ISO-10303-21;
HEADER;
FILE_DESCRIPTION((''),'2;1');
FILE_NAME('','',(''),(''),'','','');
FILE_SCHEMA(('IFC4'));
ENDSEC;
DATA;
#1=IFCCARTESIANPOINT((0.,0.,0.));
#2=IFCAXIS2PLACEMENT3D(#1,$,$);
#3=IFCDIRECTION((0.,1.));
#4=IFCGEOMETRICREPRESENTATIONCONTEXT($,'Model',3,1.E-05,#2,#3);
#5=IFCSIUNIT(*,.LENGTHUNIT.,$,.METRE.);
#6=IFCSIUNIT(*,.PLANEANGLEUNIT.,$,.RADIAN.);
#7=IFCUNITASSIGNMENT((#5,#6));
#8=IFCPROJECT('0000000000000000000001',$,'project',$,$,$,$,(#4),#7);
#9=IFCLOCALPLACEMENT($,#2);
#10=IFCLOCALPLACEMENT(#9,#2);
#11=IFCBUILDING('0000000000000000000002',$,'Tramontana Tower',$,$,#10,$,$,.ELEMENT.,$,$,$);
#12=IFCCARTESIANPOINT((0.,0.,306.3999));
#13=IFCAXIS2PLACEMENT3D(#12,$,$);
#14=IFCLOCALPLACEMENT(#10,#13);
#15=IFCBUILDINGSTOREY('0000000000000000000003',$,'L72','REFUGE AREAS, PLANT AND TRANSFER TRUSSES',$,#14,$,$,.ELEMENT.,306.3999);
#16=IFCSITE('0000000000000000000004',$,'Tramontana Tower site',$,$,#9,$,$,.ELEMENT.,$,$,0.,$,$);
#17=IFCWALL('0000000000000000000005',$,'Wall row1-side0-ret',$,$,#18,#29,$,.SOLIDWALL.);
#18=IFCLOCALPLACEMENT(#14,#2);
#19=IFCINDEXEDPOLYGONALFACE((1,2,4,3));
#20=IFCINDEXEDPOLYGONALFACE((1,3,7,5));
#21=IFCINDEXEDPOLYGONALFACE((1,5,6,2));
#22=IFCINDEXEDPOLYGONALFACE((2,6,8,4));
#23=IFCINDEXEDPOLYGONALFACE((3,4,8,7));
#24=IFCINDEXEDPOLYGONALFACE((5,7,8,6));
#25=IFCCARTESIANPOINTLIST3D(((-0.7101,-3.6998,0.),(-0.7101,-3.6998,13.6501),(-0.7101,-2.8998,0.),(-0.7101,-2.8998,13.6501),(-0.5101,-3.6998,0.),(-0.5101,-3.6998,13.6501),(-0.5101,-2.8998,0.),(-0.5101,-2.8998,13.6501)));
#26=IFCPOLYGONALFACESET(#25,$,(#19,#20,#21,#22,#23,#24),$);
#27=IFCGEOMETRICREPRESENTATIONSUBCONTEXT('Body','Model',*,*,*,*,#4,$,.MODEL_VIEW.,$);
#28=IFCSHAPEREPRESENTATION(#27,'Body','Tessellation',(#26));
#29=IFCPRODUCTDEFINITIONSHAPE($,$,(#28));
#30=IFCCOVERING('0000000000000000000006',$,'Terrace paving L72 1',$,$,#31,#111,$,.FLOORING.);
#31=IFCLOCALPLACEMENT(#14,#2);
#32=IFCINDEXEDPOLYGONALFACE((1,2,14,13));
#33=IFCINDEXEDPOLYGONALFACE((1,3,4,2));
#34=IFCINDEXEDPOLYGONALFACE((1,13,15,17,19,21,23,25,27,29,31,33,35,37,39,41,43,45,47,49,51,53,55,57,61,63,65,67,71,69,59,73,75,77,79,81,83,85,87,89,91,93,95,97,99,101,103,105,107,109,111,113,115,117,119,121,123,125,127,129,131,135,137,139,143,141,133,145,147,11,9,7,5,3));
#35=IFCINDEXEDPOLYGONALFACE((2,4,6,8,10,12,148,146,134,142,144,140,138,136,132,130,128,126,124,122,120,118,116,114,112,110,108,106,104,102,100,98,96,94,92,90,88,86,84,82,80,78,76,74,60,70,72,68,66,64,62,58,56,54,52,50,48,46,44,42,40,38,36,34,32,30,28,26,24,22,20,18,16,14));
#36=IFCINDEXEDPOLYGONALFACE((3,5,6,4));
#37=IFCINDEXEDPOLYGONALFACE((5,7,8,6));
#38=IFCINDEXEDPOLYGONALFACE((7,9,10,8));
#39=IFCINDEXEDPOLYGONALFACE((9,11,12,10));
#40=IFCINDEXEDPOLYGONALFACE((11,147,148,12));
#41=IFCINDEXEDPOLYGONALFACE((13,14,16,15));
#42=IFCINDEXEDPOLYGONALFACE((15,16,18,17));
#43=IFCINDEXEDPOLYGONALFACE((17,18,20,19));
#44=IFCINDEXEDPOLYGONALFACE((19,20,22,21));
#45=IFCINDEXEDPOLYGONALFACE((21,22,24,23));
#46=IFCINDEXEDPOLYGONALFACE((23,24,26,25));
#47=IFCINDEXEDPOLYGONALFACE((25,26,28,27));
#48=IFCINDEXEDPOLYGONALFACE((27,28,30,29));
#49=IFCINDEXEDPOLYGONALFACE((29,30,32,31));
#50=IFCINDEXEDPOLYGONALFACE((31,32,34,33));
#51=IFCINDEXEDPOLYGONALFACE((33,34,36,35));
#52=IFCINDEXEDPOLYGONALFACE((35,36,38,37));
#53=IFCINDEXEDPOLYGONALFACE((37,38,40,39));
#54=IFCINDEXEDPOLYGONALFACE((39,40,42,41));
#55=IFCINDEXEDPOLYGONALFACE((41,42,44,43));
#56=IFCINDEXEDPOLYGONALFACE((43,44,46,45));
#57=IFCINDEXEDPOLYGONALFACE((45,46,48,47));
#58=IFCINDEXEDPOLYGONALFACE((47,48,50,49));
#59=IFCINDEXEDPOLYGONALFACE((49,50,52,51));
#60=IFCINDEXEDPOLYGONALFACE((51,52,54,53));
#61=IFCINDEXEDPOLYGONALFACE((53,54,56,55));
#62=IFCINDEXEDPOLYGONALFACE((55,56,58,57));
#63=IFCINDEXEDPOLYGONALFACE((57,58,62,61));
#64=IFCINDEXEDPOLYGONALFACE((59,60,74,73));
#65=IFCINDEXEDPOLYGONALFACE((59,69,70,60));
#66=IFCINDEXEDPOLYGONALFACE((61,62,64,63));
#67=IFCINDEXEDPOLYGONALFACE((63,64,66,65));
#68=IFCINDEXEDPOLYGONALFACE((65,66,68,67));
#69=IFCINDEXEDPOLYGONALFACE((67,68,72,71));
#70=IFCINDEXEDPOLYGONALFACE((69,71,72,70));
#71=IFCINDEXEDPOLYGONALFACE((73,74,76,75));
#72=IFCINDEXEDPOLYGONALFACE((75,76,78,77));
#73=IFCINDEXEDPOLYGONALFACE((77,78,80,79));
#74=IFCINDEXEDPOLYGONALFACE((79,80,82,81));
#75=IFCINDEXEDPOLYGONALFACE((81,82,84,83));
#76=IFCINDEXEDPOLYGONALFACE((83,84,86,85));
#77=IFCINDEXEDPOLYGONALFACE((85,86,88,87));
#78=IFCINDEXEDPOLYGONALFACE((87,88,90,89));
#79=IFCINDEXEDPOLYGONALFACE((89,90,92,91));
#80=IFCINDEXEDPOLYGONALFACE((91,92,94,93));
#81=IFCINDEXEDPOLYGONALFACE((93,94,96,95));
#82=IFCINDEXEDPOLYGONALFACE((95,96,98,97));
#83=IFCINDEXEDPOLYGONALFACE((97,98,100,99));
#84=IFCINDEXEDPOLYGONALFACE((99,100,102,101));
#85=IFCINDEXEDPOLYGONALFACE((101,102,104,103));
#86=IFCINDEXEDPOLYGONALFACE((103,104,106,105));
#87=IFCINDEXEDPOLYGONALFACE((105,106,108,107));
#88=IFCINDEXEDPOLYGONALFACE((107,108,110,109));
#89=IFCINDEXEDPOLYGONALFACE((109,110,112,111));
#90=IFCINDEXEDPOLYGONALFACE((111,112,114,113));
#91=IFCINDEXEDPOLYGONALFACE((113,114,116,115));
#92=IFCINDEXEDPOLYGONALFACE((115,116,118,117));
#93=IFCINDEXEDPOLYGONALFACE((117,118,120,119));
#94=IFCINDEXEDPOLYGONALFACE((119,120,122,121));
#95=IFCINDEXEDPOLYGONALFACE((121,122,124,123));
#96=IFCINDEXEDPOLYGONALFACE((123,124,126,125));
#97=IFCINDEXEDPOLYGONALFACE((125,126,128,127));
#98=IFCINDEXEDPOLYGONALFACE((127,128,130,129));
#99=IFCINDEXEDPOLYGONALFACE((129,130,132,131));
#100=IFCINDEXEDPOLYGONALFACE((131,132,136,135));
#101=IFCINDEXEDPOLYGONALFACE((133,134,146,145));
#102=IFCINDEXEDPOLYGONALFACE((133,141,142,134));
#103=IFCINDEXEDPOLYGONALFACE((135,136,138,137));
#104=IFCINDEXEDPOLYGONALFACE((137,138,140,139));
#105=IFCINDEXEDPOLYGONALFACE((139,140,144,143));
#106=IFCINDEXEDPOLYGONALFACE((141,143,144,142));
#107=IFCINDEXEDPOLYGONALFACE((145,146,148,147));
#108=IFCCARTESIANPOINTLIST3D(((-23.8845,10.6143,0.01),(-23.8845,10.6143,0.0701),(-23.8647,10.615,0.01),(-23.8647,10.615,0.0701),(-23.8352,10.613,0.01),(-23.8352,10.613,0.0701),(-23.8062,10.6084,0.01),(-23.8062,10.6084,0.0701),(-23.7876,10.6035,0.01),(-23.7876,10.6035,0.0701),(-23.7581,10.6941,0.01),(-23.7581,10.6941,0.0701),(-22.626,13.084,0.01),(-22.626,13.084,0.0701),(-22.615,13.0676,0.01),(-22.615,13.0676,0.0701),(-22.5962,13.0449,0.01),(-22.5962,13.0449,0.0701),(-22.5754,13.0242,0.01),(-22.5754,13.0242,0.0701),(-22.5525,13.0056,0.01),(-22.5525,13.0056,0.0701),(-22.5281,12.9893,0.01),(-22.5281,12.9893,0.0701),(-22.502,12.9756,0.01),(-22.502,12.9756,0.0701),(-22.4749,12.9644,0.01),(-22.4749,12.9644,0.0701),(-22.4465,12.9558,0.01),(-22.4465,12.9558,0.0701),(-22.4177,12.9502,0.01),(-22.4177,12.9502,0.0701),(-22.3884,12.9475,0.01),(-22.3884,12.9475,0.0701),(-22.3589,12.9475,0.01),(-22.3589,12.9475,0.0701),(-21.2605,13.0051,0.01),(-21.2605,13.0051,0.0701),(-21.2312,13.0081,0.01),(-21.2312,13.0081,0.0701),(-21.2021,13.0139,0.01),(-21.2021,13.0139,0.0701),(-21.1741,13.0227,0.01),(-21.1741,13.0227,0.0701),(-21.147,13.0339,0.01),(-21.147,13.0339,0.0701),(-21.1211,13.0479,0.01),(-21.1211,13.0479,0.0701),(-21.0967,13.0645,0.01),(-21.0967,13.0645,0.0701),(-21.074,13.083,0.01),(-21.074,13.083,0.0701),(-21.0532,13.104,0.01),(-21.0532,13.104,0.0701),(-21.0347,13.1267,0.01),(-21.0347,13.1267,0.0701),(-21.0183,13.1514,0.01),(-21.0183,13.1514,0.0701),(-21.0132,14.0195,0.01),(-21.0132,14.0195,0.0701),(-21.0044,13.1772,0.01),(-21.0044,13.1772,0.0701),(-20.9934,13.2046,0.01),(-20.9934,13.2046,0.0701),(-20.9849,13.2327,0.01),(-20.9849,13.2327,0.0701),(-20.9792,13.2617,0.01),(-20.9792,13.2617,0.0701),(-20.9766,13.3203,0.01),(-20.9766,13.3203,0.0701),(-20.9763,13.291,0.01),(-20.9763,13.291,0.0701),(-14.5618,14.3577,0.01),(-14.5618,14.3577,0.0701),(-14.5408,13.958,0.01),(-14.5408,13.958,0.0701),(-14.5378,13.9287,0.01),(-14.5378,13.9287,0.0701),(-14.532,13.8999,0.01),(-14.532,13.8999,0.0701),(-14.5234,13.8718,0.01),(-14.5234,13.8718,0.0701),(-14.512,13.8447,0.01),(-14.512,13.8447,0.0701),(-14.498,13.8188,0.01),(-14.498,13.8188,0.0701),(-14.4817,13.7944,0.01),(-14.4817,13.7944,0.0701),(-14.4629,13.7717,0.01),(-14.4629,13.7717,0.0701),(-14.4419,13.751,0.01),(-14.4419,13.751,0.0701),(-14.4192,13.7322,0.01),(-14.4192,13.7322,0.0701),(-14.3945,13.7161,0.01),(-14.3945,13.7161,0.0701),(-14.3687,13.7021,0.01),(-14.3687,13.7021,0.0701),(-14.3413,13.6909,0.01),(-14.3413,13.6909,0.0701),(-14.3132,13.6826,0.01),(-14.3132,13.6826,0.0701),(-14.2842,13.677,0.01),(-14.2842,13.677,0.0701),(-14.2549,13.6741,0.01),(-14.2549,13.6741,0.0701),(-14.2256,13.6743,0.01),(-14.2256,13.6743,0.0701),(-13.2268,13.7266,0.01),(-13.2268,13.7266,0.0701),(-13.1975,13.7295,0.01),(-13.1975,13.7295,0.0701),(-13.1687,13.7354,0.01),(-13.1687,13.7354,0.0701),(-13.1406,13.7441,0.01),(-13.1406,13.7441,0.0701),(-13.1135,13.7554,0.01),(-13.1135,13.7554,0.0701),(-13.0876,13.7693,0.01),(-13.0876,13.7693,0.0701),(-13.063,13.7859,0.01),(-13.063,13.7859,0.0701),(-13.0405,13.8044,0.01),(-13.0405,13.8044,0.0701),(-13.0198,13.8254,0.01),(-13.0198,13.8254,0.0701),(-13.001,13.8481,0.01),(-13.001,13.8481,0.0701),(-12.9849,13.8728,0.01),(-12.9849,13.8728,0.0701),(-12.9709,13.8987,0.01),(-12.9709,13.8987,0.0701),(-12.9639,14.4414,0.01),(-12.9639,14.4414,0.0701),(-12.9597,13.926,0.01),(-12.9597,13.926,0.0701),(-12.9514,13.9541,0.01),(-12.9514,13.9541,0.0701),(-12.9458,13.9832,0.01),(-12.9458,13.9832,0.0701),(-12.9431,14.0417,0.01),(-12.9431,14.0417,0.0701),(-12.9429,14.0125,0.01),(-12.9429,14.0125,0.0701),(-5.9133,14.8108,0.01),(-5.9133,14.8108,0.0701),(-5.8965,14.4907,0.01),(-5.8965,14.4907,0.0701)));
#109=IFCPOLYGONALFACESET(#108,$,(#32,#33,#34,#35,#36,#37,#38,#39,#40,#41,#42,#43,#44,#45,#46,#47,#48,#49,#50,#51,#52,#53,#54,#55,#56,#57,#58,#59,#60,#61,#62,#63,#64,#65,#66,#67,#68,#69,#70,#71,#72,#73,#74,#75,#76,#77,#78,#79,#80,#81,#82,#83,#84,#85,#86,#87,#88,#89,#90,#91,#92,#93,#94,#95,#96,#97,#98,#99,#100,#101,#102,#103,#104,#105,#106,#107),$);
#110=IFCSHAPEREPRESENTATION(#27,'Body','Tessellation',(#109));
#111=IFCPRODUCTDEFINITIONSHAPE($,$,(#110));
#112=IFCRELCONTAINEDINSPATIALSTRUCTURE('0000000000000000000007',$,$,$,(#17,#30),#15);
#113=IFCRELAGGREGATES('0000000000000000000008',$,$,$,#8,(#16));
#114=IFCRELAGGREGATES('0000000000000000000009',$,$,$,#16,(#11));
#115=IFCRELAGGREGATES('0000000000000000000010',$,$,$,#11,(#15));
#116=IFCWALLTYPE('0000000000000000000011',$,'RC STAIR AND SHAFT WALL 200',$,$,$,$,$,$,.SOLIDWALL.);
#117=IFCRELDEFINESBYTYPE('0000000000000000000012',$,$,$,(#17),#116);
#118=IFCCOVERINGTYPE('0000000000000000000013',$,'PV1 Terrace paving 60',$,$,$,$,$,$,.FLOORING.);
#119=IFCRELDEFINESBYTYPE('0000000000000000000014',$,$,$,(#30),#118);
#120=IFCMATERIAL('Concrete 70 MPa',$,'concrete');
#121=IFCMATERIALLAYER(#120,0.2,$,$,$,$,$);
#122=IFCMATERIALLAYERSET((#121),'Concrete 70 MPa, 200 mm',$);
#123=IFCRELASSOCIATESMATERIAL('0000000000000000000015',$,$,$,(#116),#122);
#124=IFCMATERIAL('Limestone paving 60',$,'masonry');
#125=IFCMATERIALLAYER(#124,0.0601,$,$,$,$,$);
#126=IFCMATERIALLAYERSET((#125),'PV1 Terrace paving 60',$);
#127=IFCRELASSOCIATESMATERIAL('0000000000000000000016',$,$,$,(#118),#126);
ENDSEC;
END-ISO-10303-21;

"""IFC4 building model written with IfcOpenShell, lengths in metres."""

from ifc_helpers import new_model, si_unit, direction, frame, frame_2d, origin, place, context, subcontext, project, spatial, polyline, rectangle, outline, extrude, material, layer, layer_set, type_object, element, save


model = new_model("IFC4")

# Units and contexts
model_context = context("Model", 3, precision=1e-05, world=origin(), true_north=direction((0.0, 1.0)))
body_context = subcontext(model_context, "Body", "Model", "MODEL_VIEW")
ifc_project = project(units=[si_unit("LENGTHUNIT", "METRE"), si_unit("PLANEANGLEUNIT", "RADIAN")], contexts=[model_context])

# Site, building, storey
site_placement = place(None, origin())
site = spatial("IfcSite", under=ifc_project, at=site_placement, Name="Tramontana Tower site", CompositionType="ELEMENT", RefElevation=0.0)
building_placement = place(site_placement, origin())
building = spatial("IfcBuilding", under=site, at=building_placement, Name="Tramontana Tower", CompositionType="ELEMENT")
storey_placement = place(building_placement, frame((0.0, 0.0, 306.3999)))
storey = spatial("IfcBuildingStorey", under=building, at=storey_placement, Name="L72", Description="REFUGE AREAS, PLANT AND TRANSFER TRUSSES", CompositionType="ELEMENT", Elevation=306.3999)

# Shared definitions
ifc_material_1 = material(Name="Concrete 70 MPa", Category="concrete")
ifc_layer_1 = layer(ifc_material_1, 0.2)
ifc_layer_set_1 = layer_set([ifc_layer_1], Name="Concrete 70 MPa, 200 mm")
wall_type_1 = type_object("IfcWallType", Name="RC STAIR AND SHAFT WALL 200", PredefinedType="SOLIDWALL", material=ifc_layer_set_1)

# Wall
wall_1_placement = place(storey_placement, frame((-0.6101, -2.8999, 0.0), z_axis=(0.0, 0.0, 1.0), x_axis=(0.0, -1.0, 0.0)))
element("IfcWall", 1, at=wall_1_placement, inside=storey, type_object=wall_type_1, Name="Wall row1-side0-ret", PredefinedType="SOLIDWALL", context=body_context, shape_type="SweptSolid", body=[
    extrude(rectangle(XDim=0.8, YDim=0.2, at=frame_2d((0.3999, 0.0))), origin(), (0.0, 0.0, 1.0), 13.6501),
])

# Covering
ifc_material_2 = material(Name="Limestone paving 60", Category="masonry")
ifc_layer_2 = layer(ifc_material_2, 0.0601)
ifc_layer_set_2 = layer_set([ifc_layer_2], Name="PV1 Terrace paving 60")
covering_type_1 = type_object("IfcCoveringType", Name="PV1 Terrace paving 60", PredefinedType="FLOORING", material=ifc_layer_set_2)
covering_1_placement = place(storey_placement, frame((0.0, 0.0, 0.01)))
element("IfcCovering", 2, at=covering_1_placement, inside=storey, type_object=covering_type_1, Name="Terrace paving L72 1", PredefinedType="FLOORING", context=body_context, shape_type="SweptSolid", body=[
    extrude(outline(polyline([(-22.626, 13.084), (-22.615, 13.0676), (-22.5962, 13.0449), (-22.5754, 13.0242), (-22.5525, 13.0056), (-22.5281, 12.9893), (-22.502, 12.9756), (-22.4749, 12.9644), (-22.4465, 12.9558), (-22.4177, 12.9502), (-22.3884, 12.9475), (-22.3589, 12.9475), (-21.2605, 13.0051), (-21.2312, 13.0081), (-21.2021, 13.0139), (-21.1741, 13.0227), (-21.147, 13.0339), (-21.1211, 13.0479), (-21.0967, 13.0645), (-21.074, 13.083), (-21.0532, 13.104), (-21.0347, 13.1267), (-21.0183, 13.1514), (-21.0044, 13.1772), (-20.9934, 13.2046), (-20.9849, 13.2327), (-20.9792, 13.2617), (-20.9763, 13.291), (-20.9766, 13.3203), (-21.0132, 14.0195), (-14.5618, 14.3577), (-14.5408, 13.958), (-14.5378, 13.9287), (-14.532, 13.8999), (-14.5234, 13.8718), (-14.512, 13.8447), (-14.498, 13.8188), (-14.4817, 13.7944), (-14.4629, 13.7717), (-14.4419, 13.751), (-14.4192, 13.7322), (-14.3945, 13.7161), (-14.3687, 13.7021), (-14.3413, 13.6909), (-14.3132, 13.6826), (-14.2842, 13.677), (-14.2549, 13.6741), (-14.2256, 13.6743), (-13.2268, 13.7266), (-13.1975, 13.7295), (-13.1687, 13.7354), (-13.1406, 13.7441), (-13.1135, 13.7554), (-13.0876, 13.7693), (-13.063, 13.7859), (-13.0405, 13.8044), (-13.0198, 13.8254), (-13.001, 13.8481), (-12.9849, 13.8728), (-12.9709, 13.8987), (-12.9597, 13.926), (-12.9514, 13.9541), (-12.9458, 13.9832), (-12.9429, 14.0125), (-12.9431, 14.0417), (-12.9639, 14.4414), (-5.9133, 14.8108), (-5.8965, 14.4907), (-23.7581, 10.6941), (-23.7876, 10.6035), (-23.8062, 10.6084), (-23.8352, 10.613), (-23.8647, 10.615), (-23.8845, 10.6143), (-22.626, 13.084)])), origin(), (0.0, 0.0, 1.0), 0.0601),
])

save(model, "model.ifc")
